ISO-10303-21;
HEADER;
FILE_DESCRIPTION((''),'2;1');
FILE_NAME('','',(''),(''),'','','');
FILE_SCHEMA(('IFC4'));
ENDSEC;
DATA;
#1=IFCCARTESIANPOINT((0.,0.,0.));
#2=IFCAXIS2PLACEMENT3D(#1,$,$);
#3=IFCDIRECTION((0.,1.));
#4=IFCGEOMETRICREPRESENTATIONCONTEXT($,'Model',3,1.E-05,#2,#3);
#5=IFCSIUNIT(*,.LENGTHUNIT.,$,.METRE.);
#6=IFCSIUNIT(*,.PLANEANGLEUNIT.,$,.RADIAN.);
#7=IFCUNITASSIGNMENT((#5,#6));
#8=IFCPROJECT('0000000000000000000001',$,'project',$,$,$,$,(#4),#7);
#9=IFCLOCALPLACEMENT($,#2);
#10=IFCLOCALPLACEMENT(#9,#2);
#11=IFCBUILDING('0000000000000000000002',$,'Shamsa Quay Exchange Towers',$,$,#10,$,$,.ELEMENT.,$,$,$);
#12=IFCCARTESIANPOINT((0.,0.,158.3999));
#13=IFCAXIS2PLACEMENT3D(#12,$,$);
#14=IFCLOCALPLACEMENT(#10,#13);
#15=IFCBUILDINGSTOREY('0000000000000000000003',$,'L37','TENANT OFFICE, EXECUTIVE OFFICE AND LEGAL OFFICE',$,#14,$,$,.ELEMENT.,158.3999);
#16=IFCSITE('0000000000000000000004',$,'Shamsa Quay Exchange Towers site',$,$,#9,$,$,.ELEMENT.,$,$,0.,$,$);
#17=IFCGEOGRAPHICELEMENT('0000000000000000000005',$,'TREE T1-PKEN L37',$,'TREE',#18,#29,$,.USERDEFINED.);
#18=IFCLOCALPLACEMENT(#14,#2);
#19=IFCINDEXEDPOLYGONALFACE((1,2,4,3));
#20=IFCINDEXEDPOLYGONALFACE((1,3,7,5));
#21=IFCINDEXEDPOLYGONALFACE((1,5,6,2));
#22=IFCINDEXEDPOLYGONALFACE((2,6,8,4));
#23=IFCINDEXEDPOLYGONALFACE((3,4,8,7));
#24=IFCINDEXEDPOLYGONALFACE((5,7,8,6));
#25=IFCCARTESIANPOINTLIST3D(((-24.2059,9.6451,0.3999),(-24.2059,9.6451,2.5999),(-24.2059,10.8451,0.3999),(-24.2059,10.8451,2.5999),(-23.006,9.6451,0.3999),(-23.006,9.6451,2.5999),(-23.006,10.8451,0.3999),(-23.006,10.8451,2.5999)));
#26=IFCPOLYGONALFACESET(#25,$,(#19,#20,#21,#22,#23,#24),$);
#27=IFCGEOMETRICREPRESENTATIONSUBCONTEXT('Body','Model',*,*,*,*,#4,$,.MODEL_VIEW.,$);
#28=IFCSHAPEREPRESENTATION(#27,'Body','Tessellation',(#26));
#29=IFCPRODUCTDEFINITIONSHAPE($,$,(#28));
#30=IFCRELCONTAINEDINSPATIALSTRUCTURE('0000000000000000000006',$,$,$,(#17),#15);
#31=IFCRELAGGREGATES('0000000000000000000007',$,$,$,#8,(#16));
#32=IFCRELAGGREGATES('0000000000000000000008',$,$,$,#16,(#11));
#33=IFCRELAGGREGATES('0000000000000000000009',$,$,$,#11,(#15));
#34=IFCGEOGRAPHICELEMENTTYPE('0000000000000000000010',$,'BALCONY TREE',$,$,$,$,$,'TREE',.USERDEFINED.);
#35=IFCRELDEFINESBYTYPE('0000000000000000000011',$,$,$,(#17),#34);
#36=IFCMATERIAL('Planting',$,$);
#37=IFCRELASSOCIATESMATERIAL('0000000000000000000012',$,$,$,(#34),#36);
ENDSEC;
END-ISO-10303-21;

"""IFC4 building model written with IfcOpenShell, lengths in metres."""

from ifc_helpers import new_model, si_unit, direction, frame, origin, origin_2d, place, context, subcontext, project, spatial, rectangle, extrude, material, type_object, element, save


model = new_model("IFC4")

# Units and contexts
model_context = context("Model", 3, precision=1e-05, world=origin(), true_north=direction((0.0, 1.0)))
body_context = subcontext(model_context, "Body", "Model", "MODEL_VIEW")
ifc_project = project(units=[si_unit("LENGTHUNIT", "METRE"), si_unit("PLANEANGLEUNIT", "RADIAN")], contexts=[model_context])

# Site, building, storey
site_placement = place(None, origin())
site = spatial("IfcSite", under=ifc_project, at=site_placement, Name="Shamsa Quay Exchange Towers site", CompositionType="ELEMENT", RefElevation=0.0)
building_placement = place(site_placement, origin())
building = spatial("IfcBuilding", under=site, at=building_placement, Name="Shamsa Quay Exchange Towers", CompositionType="ELEMENT")
storey_placement = place(building_placement, frame((0.0, 0.0, 158.3999)))
storey = spatial("IfcBuildingStorey", under=building, at=storey_placement, Name="L37", Description="TENANT OFFICE, EXECUTIVE OFFICE AND LEGAL OFFICE", CompositionType="ELEMENT", Elevation=158.3999)

# Geographic element
ifc_material_1 = material(Name="Planting")
geographic_element_type = type_object("IfcGeographicElementType", Name="BALCONY TREE", ElementType="TREE", PredefinedType="USERDEFINED", material=ifc_material_1)
geographic_element_placement = place(storey_placement, frame((-23.606, 10.2451, 0.3999), z_axis=(0.0, 0.0, 1.0), x_axis=(-1.0, 0.0, 0.0)))
element("IfcGeographicElement", 1, at=geographic_element_placement, inside=storey, type_object=geographic_element_type, Name="TREE T1-PKEN L37", ObjectType="TREE", PredefinedType="USERDEFINED", context=body_context, shape_type="SweptSolid", body=[
    extrude(rectangle(XDim=1.2, YDim=1.2, at=origin_2d()), origin(), (0.0, 0.0, 1.0), 2.2),
])

save(model, "model.ifc")
